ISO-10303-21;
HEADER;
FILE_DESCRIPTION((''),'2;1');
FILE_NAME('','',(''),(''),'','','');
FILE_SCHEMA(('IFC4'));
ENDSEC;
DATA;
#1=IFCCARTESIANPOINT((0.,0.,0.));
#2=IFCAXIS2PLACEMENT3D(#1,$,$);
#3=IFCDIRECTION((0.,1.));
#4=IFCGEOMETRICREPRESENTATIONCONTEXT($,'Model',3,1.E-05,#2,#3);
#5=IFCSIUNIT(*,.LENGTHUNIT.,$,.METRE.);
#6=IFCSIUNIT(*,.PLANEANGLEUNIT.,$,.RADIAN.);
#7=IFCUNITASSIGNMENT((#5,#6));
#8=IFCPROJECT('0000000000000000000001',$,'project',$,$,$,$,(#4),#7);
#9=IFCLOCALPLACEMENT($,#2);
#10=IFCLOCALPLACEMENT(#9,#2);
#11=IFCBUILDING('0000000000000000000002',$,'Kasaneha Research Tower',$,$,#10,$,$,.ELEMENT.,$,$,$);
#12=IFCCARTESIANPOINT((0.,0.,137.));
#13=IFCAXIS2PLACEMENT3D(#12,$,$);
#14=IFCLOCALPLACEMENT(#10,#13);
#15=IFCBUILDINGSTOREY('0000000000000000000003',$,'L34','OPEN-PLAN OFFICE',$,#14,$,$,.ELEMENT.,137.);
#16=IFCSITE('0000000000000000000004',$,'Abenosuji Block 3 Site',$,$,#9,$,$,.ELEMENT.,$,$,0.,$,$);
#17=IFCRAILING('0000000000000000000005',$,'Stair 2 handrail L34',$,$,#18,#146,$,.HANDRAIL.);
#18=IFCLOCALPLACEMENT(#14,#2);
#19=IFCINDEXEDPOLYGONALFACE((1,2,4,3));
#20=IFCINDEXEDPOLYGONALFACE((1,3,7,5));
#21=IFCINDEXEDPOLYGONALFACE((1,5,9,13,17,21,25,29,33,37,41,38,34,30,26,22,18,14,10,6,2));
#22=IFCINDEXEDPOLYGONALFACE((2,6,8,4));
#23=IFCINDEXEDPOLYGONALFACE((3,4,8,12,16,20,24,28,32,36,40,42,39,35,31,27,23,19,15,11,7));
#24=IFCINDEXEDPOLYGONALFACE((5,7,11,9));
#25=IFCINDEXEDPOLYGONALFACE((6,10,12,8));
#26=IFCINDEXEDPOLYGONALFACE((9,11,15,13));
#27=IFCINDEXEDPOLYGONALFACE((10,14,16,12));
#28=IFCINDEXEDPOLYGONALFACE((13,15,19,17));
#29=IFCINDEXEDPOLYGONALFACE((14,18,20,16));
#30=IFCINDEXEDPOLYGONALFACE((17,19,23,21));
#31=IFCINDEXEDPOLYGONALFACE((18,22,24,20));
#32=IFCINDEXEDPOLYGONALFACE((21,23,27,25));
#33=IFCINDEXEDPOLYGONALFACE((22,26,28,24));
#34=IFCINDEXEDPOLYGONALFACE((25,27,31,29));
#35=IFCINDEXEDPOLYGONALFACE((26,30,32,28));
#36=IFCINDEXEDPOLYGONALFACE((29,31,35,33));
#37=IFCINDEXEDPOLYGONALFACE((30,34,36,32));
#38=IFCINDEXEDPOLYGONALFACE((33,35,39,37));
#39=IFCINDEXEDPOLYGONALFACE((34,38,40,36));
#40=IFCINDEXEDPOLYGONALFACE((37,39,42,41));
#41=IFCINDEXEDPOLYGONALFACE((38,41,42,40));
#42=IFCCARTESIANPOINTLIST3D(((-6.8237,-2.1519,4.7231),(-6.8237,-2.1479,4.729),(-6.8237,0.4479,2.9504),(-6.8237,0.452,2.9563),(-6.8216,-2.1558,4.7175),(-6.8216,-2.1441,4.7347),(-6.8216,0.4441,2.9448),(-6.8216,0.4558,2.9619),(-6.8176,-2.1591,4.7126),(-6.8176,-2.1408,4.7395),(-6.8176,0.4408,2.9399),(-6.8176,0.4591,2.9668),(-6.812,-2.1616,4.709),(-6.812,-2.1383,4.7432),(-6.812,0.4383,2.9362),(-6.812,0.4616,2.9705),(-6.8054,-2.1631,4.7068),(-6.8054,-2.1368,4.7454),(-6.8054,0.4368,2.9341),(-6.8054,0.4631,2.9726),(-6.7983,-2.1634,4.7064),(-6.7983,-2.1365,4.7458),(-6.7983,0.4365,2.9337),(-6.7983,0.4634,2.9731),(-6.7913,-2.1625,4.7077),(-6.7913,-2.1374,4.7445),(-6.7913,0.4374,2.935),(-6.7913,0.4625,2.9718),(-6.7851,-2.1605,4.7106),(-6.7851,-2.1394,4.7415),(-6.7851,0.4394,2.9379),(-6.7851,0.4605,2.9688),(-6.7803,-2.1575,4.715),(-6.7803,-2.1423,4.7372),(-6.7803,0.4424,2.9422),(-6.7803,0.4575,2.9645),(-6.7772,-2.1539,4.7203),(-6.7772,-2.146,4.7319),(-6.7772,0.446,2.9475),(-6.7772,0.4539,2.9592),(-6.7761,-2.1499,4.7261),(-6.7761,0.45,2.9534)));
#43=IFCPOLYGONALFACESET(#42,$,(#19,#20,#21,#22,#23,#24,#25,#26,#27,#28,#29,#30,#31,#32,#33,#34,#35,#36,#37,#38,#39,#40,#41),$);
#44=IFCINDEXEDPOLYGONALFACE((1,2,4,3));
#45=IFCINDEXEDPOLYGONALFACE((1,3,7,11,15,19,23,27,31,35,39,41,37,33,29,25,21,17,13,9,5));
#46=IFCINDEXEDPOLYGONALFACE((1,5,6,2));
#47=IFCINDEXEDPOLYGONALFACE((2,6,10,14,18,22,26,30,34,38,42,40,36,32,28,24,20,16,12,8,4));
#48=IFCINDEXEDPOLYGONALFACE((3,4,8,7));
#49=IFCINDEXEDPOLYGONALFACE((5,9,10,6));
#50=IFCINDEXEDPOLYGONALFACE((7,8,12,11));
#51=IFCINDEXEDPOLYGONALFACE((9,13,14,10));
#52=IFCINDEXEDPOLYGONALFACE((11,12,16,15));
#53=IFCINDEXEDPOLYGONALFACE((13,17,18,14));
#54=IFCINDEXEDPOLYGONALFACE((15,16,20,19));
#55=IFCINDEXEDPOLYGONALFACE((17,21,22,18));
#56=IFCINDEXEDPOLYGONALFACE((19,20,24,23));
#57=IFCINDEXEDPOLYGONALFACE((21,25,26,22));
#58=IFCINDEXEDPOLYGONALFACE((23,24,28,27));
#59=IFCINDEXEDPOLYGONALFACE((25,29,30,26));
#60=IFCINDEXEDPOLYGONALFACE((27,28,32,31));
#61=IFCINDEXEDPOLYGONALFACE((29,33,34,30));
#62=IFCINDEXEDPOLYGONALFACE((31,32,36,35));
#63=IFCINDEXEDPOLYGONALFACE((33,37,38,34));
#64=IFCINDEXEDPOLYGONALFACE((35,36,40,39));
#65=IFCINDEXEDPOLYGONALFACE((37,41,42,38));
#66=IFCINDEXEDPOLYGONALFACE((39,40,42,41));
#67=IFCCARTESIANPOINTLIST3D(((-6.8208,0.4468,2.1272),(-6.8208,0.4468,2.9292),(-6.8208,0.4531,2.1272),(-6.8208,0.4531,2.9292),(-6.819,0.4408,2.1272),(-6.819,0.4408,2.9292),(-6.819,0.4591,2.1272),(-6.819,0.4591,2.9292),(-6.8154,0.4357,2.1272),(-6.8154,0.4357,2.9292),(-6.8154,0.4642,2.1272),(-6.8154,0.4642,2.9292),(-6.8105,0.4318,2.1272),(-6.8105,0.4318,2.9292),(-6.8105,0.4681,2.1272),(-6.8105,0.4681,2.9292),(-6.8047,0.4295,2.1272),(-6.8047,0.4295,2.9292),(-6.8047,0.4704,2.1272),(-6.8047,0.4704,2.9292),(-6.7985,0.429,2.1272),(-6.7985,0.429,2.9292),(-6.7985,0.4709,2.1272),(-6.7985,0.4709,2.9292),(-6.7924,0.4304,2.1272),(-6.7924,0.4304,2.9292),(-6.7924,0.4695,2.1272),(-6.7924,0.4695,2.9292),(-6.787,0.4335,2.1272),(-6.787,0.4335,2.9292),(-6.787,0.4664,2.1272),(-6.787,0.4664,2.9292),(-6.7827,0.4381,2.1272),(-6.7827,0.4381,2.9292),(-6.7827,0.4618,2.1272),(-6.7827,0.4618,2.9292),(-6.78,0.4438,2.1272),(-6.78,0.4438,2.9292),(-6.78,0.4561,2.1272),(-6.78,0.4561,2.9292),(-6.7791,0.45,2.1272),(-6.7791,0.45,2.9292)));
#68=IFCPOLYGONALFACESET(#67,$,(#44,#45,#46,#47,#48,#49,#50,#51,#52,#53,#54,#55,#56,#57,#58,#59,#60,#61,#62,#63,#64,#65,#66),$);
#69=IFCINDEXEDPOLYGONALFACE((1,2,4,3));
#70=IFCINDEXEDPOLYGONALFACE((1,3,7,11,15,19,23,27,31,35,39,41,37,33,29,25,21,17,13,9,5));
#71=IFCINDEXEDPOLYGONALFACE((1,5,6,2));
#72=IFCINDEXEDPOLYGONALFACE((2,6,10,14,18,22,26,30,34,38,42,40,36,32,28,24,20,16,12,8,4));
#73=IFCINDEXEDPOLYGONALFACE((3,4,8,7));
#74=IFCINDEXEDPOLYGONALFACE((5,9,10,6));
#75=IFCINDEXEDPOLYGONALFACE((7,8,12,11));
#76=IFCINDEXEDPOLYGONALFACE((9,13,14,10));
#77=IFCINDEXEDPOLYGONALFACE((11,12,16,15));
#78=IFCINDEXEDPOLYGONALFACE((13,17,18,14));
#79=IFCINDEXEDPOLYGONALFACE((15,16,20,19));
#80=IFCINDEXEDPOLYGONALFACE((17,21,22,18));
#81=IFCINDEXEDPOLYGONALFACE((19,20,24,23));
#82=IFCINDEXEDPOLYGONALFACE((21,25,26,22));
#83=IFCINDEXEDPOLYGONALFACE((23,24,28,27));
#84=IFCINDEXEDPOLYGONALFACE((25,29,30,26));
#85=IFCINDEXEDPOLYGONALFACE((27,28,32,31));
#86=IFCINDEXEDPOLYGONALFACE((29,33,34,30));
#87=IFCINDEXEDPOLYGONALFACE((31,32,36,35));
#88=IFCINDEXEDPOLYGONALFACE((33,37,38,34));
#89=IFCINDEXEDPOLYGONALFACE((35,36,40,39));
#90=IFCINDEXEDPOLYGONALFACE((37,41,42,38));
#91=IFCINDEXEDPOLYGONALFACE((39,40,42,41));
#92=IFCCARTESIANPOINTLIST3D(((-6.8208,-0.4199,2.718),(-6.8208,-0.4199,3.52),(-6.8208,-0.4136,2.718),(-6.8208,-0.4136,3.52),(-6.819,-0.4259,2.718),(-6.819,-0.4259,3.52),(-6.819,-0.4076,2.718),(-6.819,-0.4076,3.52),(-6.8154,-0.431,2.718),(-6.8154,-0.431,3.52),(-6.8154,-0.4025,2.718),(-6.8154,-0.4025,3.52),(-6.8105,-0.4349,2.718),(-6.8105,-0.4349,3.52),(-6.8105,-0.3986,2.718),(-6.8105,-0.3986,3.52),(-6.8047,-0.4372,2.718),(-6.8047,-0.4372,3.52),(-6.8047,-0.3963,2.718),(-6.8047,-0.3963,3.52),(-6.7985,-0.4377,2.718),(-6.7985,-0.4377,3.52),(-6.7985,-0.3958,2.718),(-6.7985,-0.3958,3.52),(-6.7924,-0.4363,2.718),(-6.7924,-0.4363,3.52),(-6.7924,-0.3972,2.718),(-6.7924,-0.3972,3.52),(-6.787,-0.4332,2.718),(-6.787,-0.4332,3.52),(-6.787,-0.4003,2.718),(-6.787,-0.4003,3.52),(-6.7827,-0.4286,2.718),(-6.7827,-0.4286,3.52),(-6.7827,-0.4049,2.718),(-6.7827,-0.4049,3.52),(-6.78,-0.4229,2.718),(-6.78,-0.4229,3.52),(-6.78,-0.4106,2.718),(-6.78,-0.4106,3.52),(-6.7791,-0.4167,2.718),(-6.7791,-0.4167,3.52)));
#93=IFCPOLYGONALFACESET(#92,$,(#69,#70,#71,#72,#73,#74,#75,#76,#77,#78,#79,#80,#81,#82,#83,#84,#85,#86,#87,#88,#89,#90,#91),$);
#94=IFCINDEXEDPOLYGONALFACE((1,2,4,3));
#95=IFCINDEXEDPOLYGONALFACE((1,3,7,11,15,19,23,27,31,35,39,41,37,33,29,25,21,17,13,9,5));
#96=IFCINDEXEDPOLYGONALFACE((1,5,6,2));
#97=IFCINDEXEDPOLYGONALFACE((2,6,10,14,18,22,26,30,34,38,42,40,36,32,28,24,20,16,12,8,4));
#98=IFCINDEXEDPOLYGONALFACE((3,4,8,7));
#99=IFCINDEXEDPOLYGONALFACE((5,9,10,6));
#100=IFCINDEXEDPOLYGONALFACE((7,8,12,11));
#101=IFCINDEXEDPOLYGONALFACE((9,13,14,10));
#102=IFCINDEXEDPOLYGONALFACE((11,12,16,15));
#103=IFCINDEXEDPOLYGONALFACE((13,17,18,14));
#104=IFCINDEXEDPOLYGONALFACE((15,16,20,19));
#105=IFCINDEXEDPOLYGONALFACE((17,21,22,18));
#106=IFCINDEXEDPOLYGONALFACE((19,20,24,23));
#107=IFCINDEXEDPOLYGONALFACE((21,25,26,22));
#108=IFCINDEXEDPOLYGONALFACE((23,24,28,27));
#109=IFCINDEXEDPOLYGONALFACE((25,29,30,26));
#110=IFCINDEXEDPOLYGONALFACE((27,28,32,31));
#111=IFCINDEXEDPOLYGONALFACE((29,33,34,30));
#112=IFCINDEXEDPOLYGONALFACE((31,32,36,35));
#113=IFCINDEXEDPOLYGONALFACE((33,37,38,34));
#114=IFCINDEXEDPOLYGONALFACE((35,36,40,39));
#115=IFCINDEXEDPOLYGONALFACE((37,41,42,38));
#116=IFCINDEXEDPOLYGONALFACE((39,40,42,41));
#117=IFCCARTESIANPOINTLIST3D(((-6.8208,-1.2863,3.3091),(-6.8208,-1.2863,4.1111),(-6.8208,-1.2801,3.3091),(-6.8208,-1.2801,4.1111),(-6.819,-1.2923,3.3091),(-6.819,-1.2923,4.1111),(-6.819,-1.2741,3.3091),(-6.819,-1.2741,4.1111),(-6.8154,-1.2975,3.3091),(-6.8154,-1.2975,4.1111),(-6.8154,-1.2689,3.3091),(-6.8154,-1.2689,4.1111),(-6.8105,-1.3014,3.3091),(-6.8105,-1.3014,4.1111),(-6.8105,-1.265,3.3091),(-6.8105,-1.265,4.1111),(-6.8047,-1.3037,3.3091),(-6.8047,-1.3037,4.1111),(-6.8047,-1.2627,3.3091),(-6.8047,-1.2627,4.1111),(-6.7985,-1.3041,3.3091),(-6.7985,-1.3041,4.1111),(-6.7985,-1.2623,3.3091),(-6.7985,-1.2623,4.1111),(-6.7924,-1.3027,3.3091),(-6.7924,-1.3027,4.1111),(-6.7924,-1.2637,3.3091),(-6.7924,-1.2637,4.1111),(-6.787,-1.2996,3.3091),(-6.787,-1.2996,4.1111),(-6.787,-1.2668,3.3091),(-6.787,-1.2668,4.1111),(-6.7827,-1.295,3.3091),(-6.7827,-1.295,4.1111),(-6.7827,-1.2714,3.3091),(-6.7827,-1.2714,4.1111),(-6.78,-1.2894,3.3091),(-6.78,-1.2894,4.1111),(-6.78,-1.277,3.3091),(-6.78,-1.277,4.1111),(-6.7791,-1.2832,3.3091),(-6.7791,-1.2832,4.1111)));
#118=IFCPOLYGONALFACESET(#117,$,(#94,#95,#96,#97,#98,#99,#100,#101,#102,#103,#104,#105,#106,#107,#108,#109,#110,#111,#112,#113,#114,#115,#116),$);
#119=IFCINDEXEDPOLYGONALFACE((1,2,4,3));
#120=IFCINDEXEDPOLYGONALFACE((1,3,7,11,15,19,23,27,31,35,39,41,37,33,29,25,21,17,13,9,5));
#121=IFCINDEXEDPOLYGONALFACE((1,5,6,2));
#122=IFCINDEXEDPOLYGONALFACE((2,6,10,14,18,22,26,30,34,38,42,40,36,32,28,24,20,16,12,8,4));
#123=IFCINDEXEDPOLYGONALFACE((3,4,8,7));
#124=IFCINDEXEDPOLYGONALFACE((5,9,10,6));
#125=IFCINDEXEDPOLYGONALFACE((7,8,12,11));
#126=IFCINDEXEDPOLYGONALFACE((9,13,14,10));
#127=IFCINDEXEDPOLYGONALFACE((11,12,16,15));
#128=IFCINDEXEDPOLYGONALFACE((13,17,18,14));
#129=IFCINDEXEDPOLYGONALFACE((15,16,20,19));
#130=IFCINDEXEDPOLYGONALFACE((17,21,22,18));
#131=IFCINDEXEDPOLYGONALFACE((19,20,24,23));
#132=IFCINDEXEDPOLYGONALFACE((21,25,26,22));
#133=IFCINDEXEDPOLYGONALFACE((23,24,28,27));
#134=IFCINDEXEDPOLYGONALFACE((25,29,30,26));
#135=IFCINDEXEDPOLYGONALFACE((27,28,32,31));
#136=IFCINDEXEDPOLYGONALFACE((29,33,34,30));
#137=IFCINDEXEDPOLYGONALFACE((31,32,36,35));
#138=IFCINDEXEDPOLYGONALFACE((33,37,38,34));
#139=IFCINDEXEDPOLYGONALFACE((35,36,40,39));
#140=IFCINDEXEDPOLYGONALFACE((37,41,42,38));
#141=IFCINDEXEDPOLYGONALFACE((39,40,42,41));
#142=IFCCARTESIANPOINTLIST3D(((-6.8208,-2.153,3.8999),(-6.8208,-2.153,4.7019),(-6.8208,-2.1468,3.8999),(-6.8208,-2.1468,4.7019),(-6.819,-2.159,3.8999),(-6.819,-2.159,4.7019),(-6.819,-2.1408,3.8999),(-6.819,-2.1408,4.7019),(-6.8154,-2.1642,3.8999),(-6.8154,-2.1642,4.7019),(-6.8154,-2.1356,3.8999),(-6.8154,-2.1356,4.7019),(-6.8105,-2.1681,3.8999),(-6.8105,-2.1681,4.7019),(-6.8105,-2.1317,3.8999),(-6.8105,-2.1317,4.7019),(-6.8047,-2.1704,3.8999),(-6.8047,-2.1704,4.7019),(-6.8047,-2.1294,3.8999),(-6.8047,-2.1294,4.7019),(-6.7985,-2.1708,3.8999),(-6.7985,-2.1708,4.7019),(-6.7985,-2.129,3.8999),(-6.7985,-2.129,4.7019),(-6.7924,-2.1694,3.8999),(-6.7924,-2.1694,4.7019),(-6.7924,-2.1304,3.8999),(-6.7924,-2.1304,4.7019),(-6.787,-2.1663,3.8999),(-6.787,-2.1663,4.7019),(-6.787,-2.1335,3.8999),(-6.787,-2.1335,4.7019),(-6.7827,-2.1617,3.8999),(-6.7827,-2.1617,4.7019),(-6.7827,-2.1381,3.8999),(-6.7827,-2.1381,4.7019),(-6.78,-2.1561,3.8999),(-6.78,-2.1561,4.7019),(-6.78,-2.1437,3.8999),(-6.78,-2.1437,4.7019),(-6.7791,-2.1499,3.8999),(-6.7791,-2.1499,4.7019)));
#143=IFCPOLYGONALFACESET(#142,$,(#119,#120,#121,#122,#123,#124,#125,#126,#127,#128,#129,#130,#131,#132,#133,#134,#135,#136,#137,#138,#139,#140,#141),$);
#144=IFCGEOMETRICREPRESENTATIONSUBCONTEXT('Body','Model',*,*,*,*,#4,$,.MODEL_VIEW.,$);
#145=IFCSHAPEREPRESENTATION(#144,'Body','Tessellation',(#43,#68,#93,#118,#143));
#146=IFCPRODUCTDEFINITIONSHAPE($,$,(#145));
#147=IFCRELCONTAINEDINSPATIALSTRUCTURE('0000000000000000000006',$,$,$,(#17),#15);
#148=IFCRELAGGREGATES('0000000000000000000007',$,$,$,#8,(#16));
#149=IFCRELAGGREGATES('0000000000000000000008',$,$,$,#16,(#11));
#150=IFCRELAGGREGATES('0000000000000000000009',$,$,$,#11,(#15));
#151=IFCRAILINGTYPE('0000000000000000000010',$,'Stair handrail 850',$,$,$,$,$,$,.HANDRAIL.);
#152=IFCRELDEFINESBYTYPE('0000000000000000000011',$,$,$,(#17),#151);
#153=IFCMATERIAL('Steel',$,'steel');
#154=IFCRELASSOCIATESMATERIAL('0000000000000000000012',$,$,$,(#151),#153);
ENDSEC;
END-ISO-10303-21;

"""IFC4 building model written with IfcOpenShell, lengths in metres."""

from ifc_helpers import new_model, si_unit, direction, frame, origin, origin_2d, place, context, subcontext, project, spatial, circle, extrude, material, type_object, element, save


model = new_model("IFC4")

# Units and contexts
model_context = context("Model", 3, precision=1e-05, world=origin(), true_north=direction((0.0, 1.0)))
body_context = subcontext(model_context, "Body", "Model", "MODEL_VIEW")
ifc_project = project(units=[si_unit("LENGTHUNIT", "METRE"), si_unit("PLANEANGLEUNIT", "RADIAN")], contexts=[model_context])

# Site, building, storey
site_placement = place(None, origin())
site = spatial("IfcSite", under=ifc_project, at=site_placement, Name="Abenosuji Block 3 Site", CompositionType="ELEMENT", RefElevation=0.0)
building_placement = place(site_placement, origin())
building = spatial("IfcBuilding", under=site, at=building_placement, Name="Kasaneha Research Tower", CompositionType="ELEMENT")
storey_placement = place(building_placement, frame((0.0, 0.0, 137.0)))
storey = spatial("IfcBuildingStorey", under=building, at=storey_placement, Name="L34", Description="OPEN-PLAN OFFICE", CompositionType="ELEMENT", Elevation=137.0)

# Railing
ifc_material_1 = material(Name="Steel", Category="steel")
railing_type_1 = type_object("IfcRailingType", Name="Stair handrail 850", PredefinedType="HANDRAIL", material=ifc_material_1)
railing_1_placement = place(storey_placement, frame((-6.8, 0.45, 2.1272)))
element("IfcRailing", 1, at=railing_1_placement, inside=storey, type_object=railing_type_1, Name="Stair 2 handrail L34", PredefinedType="HANDRAIL", context=body_context, shape_type="SweptSolid", body=[
    extrude(circle(Radius=0.0239, at=origin_2d()), frame((0.0, 0.0, 0.8262), z_axis=(0.0, -0.826216, 0.563354), x_axis=(1.0, 0.0, 0.0)), (0.0, 0.0, 1.0), 3.1467),
    extrude(circle(Radius=0.021, at=origin_2d()), origin(), (0.0, 0.0, 1.0), 0.802),
    extrude(circle(Radius=0.021, at=origin_2d()), frame((0.0, -0.8667, 0.5908)), (0.0, 0.0, 1.0), 0.802),
    extrude(circle(Radius=0.021, at=origin_2d()), frame((0.0, -1.7332, 1.1819)), (0.0, 0.0, 1.0), 0.802),
    extrude(circle(Radius=0.021, at=origin_2d()), frame((0.0, -2.5999, 1.7727)), (0.0, 0.0, 1.0), 0.802),
])

save(model, "model.ifc")
